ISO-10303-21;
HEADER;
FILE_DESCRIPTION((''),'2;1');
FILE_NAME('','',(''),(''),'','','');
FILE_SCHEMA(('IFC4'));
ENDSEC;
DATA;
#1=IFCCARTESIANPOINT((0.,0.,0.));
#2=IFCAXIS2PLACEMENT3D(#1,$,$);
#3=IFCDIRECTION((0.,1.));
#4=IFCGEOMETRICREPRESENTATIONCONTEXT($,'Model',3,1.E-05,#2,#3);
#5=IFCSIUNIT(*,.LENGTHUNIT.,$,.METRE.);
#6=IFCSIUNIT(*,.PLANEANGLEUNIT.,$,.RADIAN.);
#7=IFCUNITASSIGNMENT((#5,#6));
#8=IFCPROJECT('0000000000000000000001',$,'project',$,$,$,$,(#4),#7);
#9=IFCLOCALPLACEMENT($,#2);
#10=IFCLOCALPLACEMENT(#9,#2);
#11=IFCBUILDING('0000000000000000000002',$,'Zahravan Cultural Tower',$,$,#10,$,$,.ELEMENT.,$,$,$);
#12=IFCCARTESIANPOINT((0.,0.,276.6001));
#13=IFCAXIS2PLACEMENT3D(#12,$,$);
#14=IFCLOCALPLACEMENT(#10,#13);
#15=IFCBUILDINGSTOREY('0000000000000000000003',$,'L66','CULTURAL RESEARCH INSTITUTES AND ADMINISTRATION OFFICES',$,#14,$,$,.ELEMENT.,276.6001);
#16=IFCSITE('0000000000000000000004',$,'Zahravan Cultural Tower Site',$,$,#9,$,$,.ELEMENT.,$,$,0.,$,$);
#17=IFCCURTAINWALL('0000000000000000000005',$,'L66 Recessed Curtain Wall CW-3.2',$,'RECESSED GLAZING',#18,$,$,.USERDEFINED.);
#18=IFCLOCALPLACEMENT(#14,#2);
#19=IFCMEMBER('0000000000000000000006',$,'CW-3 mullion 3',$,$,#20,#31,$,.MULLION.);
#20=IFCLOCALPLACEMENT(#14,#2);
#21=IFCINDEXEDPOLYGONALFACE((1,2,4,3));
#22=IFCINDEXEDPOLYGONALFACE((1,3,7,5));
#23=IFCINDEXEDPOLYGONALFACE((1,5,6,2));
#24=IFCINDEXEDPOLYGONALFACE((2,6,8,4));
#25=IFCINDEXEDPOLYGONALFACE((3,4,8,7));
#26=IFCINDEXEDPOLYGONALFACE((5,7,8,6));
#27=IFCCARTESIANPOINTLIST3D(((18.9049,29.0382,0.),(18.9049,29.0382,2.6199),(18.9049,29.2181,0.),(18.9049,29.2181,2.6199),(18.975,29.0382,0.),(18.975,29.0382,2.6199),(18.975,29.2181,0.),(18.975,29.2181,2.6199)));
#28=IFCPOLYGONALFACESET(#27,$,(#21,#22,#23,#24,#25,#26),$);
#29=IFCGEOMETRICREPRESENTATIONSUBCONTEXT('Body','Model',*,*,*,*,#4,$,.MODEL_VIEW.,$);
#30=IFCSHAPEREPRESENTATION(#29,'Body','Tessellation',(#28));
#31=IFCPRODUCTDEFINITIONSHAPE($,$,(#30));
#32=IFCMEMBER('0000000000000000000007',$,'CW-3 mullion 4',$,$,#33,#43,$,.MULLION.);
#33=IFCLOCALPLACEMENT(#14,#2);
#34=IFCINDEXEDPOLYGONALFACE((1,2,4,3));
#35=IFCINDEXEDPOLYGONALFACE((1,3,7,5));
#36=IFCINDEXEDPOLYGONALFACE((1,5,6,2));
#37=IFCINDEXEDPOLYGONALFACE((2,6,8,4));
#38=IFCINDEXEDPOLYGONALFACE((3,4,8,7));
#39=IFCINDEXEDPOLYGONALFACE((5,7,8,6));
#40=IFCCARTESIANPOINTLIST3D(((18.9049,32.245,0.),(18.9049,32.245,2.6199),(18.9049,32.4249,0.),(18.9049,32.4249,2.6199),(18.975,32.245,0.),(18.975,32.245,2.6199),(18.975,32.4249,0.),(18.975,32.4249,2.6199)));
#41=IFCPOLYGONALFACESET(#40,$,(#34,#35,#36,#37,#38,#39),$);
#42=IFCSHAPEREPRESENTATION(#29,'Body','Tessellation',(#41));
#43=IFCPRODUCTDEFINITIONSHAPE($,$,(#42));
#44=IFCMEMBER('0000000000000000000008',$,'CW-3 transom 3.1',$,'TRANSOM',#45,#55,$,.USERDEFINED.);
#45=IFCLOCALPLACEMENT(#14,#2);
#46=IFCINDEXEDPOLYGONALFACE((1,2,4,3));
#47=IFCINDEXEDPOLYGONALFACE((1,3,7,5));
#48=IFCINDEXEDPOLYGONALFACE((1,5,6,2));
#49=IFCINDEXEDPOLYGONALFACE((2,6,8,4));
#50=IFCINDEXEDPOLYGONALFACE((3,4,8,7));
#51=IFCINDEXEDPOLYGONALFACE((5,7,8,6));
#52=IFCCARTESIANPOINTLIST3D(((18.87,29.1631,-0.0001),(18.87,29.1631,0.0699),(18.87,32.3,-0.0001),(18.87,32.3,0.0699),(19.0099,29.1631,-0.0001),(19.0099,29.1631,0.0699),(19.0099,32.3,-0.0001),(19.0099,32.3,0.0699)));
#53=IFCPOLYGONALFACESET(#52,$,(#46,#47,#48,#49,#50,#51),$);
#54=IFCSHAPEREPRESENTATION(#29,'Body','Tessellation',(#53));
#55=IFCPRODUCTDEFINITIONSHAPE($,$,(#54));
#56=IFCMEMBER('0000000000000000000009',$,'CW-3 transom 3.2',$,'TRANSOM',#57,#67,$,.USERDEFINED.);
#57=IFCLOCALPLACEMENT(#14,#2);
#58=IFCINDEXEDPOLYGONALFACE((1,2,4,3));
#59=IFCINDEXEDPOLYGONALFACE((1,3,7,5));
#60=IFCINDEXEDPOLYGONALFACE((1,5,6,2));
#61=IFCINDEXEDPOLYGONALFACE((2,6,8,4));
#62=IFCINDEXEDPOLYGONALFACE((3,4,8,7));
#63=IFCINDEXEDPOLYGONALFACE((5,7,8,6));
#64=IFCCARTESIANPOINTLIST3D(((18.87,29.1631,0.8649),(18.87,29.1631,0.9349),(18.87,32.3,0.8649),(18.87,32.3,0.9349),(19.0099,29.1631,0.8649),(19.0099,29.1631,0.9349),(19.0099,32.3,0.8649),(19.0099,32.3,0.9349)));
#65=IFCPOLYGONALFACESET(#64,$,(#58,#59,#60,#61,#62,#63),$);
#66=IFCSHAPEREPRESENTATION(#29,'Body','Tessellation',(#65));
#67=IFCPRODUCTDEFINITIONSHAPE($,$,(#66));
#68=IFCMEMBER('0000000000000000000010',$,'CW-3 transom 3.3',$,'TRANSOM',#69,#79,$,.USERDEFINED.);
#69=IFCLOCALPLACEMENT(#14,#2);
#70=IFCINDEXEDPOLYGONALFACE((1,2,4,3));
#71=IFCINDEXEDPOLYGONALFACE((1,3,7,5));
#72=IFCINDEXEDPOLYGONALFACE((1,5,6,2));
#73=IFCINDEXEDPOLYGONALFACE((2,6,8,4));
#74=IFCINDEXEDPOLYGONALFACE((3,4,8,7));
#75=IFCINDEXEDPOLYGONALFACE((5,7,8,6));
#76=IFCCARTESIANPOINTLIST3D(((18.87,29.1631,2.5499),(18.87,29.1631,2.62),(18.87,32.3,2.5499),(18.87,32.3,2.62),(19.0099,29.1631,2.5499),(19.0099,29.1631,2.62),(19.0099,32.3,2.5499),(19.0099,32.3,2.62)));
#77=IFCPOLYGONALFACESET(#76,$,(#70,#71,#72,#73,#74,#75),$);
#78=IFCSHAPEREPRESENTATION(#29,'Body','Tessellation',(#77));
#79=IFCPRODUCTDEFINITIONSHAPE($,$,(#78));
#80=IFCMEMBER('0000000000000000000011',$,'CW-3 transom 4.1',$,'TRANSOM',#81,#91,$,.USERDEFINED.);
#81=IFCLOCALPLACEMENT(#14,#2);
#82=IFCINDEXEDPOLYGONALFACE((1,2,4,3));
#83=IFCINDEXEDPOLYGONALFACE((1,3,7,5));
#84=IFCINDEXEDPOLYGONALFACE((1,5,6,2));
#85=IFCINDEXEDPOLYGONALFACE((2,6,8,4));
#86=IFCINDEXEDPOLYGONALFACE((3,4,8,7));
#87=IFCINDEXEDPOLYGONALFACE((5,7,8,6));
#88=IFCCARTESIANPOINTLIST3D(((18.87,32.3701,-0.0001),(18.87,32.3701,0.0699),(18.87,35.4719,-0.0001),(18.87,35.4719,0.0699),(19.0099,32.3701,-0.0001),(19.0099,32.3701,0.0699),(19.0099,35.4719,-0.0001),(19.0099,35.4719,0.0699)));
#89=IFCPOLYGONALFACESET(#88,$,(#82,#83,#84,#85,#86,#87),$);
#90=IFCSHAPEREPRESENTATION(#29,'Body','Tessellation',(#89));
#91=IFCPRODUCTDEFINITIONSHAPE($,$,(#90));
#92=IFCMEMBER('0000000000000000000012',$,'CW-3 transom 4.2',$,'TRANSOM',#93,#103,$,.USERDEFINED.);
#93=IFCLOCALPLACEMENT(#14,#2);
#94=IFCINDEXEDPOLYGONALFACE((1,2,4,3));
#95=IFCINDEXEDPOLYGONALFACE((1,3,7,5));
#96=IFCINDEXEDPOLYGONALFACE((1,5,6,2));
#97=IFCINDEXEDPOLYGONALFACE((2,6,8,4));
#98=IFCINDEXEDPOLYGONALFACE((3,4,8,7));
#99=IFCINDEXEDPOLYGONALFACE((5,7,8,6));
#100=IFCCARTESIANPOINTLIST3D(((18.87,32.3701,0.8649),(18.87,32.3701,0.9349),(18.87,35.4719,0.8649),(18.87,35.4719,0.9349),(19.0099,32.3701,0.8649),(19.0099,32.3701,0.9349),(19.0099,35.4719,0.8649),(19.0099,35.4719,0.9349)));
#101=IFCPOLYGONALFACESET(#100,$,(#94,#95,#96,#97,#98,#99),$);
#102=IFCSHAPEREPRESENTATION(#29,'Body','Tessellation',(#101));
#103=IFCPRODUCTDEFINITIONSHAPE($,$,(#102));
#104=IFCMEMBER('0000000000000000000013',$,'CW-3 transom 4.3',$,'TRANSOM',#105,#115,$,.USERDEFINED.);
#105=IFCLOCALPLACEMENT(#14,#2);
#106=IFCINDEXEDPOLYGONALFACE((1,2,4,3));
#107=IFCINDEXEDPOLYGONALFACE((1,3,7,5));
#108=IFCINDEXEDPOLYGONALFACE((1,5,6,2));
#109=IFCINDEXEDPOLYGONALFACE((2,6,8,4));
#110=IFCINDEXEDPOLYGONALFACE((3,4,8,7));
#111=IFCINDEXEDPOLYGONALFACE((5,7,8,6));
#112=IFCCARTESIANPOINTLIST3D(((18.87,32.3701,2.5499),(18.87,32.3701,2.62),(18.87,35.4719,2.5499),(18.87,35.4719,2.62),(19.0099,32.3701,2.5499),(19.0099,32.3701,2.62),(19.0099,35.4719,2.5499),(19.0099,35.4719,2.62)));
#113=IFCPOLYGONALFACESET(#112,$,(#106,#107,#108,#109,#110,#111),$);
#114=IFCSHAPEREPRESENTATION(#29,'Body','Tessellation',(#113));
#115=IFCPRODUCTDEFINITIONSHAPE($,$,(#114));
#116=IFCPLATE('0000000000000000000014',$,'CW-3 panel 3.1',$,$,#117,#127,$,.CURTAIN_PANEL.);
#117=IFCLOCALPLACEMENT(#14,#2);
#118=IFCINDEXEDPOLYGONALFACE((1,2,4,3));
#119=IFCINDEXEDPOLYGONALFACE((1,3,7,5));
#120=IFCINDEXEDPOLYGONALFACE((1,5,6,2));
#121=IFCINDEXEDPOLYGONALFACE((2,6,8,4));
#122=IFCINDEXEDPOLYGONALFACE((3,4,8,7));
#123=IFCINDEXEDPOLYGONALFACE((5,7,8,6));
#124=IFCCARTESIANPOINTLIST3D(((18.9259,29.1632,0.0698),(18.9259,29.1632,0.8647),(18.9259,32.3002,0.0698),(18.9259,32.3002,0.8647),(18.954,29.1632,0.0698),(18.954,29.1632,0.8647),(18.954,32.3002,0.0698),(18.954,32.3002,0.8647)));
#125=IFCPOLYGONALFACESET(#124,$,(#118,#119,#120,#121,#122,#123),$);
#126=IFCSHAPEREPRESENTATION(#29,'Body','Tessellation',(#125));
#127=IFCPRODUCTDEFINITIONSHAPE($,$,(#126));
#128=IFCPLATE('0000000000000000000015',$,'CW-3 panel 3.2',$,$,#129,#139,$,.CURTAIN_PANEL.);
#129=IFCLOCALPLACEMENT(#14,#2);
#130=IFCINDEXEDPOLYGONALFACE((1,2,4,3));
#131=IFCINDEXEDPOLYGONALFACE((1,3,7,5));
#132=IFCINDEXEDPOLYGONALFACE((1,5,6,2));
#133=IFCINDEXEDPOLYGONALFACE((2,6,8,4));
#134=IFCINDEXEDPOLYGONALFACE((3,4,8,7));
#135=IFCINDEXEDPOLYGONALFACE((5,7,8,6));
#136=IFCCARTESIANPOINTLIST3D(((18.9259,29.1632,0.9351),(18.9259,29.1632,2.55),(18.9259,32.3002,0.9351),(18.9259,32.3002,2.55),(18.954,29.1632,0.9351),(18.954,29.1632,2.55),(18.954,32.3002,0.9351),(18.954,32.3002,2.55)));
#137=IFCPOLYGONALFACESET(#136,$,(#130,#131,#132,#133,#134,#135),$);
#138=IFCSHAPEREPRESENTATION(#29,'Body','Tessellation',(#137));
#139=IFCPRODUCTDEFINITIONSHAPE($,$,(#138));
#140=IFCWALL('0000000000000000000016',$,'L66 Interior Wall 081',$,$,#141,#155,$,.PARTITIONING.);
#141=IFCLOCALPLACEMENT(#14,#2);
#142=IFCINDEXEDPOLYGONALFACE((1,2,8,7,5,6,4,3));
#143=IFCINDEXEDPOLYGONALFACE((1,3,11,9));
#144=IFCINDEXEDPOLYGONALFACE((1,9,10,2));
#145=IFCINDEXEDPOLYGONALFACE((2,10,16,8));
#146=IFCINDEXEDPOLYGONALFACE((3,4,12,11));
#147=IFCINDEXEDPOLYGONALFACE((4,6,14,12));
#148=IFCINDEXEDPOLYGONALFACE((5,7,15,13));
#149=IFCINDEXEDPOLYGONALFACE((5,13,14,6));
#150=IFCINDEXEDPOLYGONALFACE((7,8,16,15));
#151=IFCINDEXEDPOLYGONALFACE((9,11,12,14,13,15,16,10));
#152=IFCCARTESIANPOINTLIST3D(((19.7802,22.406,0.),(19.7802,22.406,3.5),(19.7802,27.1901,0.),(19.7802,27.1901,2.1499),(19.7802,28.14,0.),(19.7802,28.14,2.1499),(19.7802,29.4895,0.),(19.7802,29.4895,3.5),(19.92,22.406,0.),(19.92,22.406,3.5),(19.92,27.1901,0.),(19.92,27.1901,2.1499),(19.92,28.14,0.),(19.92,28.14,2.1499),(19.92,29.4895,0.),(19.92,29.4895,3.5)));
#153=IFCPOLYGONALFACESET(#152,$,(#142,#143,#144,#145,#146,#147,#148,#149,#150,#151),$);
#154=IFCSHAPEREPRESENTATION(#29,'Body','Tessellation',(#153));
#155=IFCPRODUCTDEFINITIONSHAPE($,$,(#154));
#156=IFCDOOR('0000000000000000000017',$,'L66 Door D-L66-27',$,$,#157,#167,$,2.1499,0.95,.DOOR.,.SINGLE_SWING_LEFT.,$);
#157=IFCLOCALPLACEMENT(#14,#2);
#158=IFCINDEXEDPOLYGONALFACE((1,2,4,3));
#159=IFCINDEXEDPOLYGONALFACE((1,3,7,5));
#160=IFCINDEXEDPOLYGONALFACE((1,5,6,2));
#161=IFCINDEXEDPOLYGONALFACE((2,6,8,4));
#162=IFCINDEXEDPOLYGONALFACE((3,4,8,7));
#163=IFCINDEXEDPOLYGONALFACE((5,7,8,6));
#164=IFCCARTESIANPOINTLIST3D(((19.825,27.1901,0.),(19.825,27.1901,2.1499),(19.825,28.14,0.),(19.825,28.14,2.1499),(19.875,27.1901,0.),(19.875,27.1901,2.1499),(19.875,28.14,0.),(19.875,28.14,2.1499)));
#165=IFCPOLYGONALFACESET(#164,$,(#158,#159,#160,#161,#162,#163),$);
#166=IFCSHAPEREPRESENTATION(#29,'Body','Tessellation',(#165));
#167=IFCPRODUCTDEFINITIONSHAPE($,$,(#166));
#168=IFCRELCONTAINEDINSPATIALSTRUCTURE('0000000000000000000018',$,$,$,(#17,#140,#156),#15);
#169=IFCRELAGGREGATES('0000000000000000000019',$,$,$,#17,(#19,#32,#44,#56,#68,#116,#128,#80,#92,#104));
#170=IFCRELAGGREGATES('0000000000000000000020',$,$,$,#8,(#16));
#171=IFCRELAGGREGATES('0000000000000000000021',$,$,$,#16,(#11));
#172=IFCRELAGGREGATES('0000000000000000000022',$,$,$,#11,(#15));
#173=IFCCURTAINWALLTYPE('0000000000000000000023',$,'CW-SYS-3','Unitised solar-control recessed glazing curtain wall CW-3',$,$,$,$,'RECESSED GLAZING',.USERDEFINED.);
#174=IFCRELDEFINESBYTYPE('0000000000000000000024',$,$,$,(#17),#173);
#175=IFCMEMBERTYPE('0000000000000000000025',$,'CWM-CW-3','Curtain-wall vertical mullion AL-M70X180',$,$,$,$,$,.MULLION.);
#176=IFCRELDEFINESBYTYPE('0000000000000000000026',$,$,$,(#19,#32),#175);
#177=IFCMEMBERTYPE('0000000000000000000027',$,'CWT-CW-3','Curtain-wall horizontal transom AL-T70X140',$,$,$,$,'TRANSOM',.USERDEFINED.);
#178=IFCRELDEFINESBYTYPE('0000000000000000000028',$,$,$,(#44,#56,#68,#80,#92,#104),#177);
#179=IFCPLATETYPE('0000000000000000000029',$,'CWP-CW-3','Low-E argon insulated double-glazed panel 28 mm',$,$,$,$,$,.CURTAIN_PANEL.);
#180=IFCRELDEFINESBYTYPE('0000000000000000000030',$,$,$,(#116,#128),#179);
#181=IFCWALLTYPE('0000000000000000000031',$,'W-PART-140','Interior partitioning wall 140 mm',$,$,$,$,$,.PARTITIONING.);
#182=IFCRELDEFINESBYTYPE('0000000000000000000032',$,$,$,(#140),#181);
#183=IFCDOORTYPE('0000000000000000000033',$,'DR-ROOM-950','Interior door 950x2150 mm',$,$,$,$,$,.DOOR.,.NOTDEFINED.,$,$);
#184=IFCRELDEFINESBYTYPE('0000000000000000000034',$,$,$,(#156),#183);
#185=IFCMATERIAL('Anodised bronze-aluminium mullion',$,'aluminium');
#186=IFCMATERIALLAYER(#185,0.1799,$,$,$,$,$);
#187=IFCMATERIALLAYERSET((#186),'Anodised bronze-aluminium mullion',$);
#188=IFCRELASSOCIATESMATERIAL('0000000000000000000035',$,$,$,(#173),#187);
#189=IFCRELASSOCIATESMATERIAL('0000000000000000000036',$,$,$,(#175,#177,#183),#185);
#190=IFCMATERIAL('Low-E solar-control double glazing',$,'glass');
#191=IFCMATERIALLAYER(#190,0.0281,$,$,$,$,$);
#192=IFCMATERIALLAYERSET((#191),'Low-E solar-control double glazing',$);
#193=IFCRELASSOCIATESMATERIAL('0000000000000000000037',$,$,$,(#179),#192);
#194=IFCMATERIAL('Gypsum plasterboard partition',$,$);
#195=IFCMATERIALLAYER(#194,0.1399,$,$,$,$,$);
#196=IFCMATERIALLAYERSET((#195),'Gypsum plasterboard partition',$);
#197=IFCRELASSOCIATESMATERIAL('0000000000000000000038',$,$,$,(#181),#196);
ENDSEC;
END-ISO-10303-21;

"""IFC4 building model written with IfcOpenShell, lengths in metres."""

from ifc_helpers import new_model, si_unit, direction, frame, frame_2d, origin, origin_2d, place, context, subcontext, project, spatial, rectangle, extrude, source, transform, mapped, material, layer, layer_set, material_profile, profile_set, type_object, element, fill, aggregate, save


model = new_model("IFC4")

# Units and contexts
model_context = context("Model", 3, precision=1e-05, world=origin(), true_north=direction((0.0, 1.0)))
body_context = subcontext(model_context, "Body", "Model", "MODEL_VIEW")
ifc_project = project(units=[si_unit("LENGTHUNIT", "METRE"), si_unit("PLANEANGLEUNIT", "RADIAN")], contexts=[model_context])

# Site, building, storey
site_placement = place(None, origin())
site = spatial("IfcSite", under=ifc_project, at=site_placement, Name="Zahravan Cultural Tower Site", CompositionType="ELEMENT", RefElevation=0.0)
building_placement = place(site_placement, origin())
building = spatial("IfcBuilding", under=site, at=building_placement, Name="Zahravan Cultural Tower", CompositionType="ELEMENT")
storey_placement = place(building_placement, frame((0.0, 0.0, 276.6001)))
storey = spatial("IfcBuildingStorey", under=building, at=storey_placement, Name="L66", Description="CULTURAL RESEARCH INSTITUTES AND ADMINISTRATION OFFICES", CompositionType="ELEMENT", Elevation=276.6001)

# Curtain wall, members, plates
ifc_material_1 = material(Name="Anodised bronze-aluminium mullion", Category="aluminium")
ifc_layer_1 = layer(ifc_material_1, 0.1799)
ifc_layer_set_1 = layer_set([ifc_layer_1], Name="Anodised bronze-aluminium mullion")
curtain_wall_type = type_object("IfcCurtainWallType", Name="CW-SYS-3", Description="Unitised solar-control recessed glazing curtain wall CW-3", ElementType="RECESSED GLAZING", PredefinedType="USERDEFINED", material=ifc_layer_set_1)
curtain_wall_placement = place(storey_placement, origin())
curtain_wall = element("IfcCurtainWall", 1, at=curtain_wall_placement, inside=storey, type_object=curtain_wall_type, Name="L66 Recessed Curtain Wall CW-3.2", ObjectType="RECESSED GLAZING", PredefinedType="USERDEFINED")
ifc_material_profile_1 = material_profile(ifc_material_1, rectangle(XDim=0.0701, YDim=0.1799, at=origin_2d()), Name="AL-M70X180")
ifc_profile_set_1 = profile_set([ifc_material_profile_1], Name="Anodised bronze-aluminium mullion")
member_type_1 = type_object("IfcMemberType", Name="CWM-CW-3", Description="Curtain-wall vertical mullion AL-M70X180", PredefinedType="MULLION", material=ifc_profile_set_1)
shared_shape_1 = source(origin(), body_context, "Body", "SweptSolid", [
    extrude(rectangle(XDim=0.0701, YDim=0.1799, at=origin_2d()), origin(), (0.0, 0.0, 1.0), 2.6199),
])
member_1_placement = place(storey_placement, frame((18.9399, 29.1282, 0.0), z_axis=(0.0, 0.0, 1.0), x_axis=(-1.0, 0.0, 0.0)))
member_1 = element("IfcMember", 2, at=member_1_placement, type_object=member_type_1, Name="CW-3 mullion 3", PredefinedType="MULLION", context=body_context, shape_type="MappedRepresentation", body=[
    mapped(shared_shape_1, transform((0.0, 0.0, 0.0), x_axis=(1.0, 0.0, 0.0), y_axis=(0.0, 1.0, 0.0), z_axis=(0.0, 0.0, 1.0), scale=1.0)),
])
member_2_placement = place(storey_placement, frame((18.9399, 32.335, 0.0), z_axis=(0.0, 0.0, 1.0), x_axis=(-1.0, 0.0, 0.0)))
member_2 = element("IfcMember", 3, at=member_2_placement, type_object=member_type_1, Name="CW-3 mullion 4", PredefinedType="MULLION", context=body_context, shape_type="MappedRepresentation", body=[
    mapped(shared_shape_1, transform((0.0, 0.0, 0.0), x_axis=(1.0, 0.0, 0.0), y_axis=(0.0, 1.0, 0.0), z_axis=(0.0, 0.0, 1.0), scale=1.0)),
])
ifc_material_profile_2 = material_profile(ifc_material_1, rectangle(XDim=0.1399, YDim=0.0701, at=origin_2d()), Name="AL-T70X140")
ifc_profile_set_2 = profile_set([ifc_material_profile_2], Name="Anodised bronze-aluminium mullion")
member_type_2 = type_object("IfcMemberType", Name="CWT-CW-3", Description="Curtain-wall horizontal transom AL-T70X140", ElementType="TRANSOM", PredefinedType="USERDEFINED", material=ifc_profile_set_2)
shared_shape_2 = source(origin(), body_context, "Body", "SweptSolid", [
    extrude(rectangle(XDim=0.1399, YDim=0.0701, at=origin_2d()), origin(), (0.0, 0.0, 1.0), 3.137),
])
member_3_placement = place(storey_placement, frame((18.9399, 29.1631, 0.0349), z_axis=(0.0, 1.0, 0.0), x_axis=(-1.0, 0.0, 0.0)))
member_3 = element("IfcMember", 4, at=member_3_placement, type_object=member_type_2, Name="CW-3 transom 3.1", ObjectType="TRANSOM", PredefinedType="USERDEFINED", context=body_context, shape_type="MappedRepresentation", body=[
    mapped(shared_shape_2, transform((0.0, 0.0, 0.0), x_axis=(1.0, 0.0, 0.0), y_axis=(0.0, 1.0, 0.0), z_axis=(0.0, 0.0, 1.0), scale=1.0)),
])
member_4_placement = place(storey_placement, frame((18.9399, 29.1631, 0.8999), z_axis=(0.0, 1.0, 0.0), x_axis=(-1.0, 0.0, 0.0)))
member_4 = element("IfcMember", 5, at=member_4_placement, type_object=member_type_2, Name="CW-3 transom 3.2", ObjectType="TRANSOM", PredefinedType="USERDEFINED", context=body_context, shape_type="MappedRepresentation", body=[
    mapped(shared_shape_2, transform((0.0, 0.0, 0.0), x_axis=(1.0, 0.0, 0.0), y_axis=(0.0, 1.0, 0.0), z_axis=(0.0, 0.0, 1.0), scale=1.0)),
])
member_5_placement = place(storey_placement, frame((18.9399, 29.1631, 2.585), z_axis=(0.0, 1.0, 0.0), x_axis=(-1.0, 0.0, 0.0)))
member_5 = element("IfcMember", 6, at=member_5_placement, type_object=member_type_2, Name="CW-3 transom 3.3", ObjectType="TRANSOM", PredefinedType="USERDEFINED", context=body_context, shape_type="MappedRepresentation", body=[
    mapped(shared_shape_2, transform((0.0, 0.0, 0.0), x_axis=(1.0, 0.0, 0.0), y_axis=(0.0, 1.0, 0.0), z_axis=(0.0, 0.0, 1.0), scale=1.0)),
])
shared_shape_3 = source(origin(), body_context, "Body", "SweptSolid", [
    extrude(rectangle(XDim=0.1399, YDim=0.0701, at=origin_2d()), origin(), (0.0, 0.0, 1.0), 3.1018),
])
member_6_placement = place(storey_placement, frame((18.9399, 32.3701, 0.0349), z_axis=(0.0, 1.0, 0.0), x_axis=(-1.0, 0.0, 0.0)))
member_6 = element("IfcMember", 7, at=member_6_placement, type_object=member_type_2, Name="CW-3 transom 4.1", ObjectType="TRANSOM", PredefinedType="USERDEFINED", context=body_context, shape_type="MappedRepresentation", body=[
    mapped(shared_shape_3, transform((0.0, 0.0, 0.0), x_axis=(1.0, 0.0, 0.0), y_axis=(0.0, 1.0, 0.0), z_axis=(0.0, 0.0, 1.0), scale=1.0)),
])
member_7_placement = place(storey_placement, frame((18.9399, 32.3701, 0.8999), z_axis=(0.0, 1.0, 0.0), x_axis=(-1.0, 0.0, 0.0)))
member_7 = element("IfcMember", 8, at=member_7_placement, type_object=member_type_2, Name="CW-3 transom 4.2", ObjectType="TRANSOM", PredefinedType="USERDEFINED", context=body_context, shape_type="MappedRepresentation", body=[
    mapped(shared_shape_3, transform((0.0, 0.0, 0.0), x_axis=(1.0, 0.0, 0.0), y_axis=(0.0, 1.0, 0.0), z_axis=(0.0, 0.0, 1.0), scale=1.0)),
])
member_8_placement = place(storey_placement, frame((18.9399, 32.3701, 2.585), z_axis=(0.0, 1.0, 0.0), x_axis=(-1.0, 0.0, 0.0)))
member_8 = element("IfcMember", 9, at=member_8_placement, type_object=member_type_2, Name="CW-3 transom 4.3", ObjectType="TRANSOM", PredefinedType="USERDEFINED", context=body_context, shape_type="MappedRepresentation", body=[
    mapped(shared_shape_3, transform((0.0, 0.0, 0.0), x_axis=(1.0, 0.0, 0.0), y_axis=(0.0, 1.0, 0.0), z_axis=(0.0, 0.0, 1.0), scale=1.0)),
])
ifc_material_2 = material(Name="Low-E solar-control double glazing", Category="glass")
ifc_layer_2 = layer(ifc_material_2, 0.0281)
ifc_layer_set_2 = layer_set([ifc_layer_2], Name="Low-E solar-control double glazing")
plate_type = type_object("IfcPlateType", Name="CWP-CW-3", Description="Low-E argon insulated double-glazed panel 28 mm", PredefinedType="CURTAIN_PANEL", material=ifc_layer_set_2)
shared_shape_4 = source(origin(), body_context, "Body", "SweptSolid", [
    extrude(rectangle(XDim=3.137, YDim=0.0281, at=origin_2d()), origin(), (0.0, 0.0, 1.0), 0.7949),
])
plate_1_placement = place(storey_placement, frame((18.9399, 30.7317, 0.0698), z_axis=(0.0, 0.0, 1.0), x_axis=(0.0, 1.0, 0.0)))
plate_1 = element("IfcPlate", 10, at=plate_1_placement, type_object=plate_type, Name="CW-3 panel 3.1", PredefinedType="CURTAIN_PANEL", context=body_context, shape_type="MappedRepresentation", body=[
    mapped(shared_shape_4, transform((0.0, 0.0, 0.0), x_axis=(1.0, 0.0, 0.0), y_axis=(0.0, 1.0, 0.0), z_axis=(0.0, 0.0, 1.0), scale=1.0)),
])
shared_shape_5 = source(origin(), body_context, "Body", "SweptSolid", [
    extrude(rectangle(XDim=3.137, YDim=0.0281, at=origin_2d()), origin(), (0.0, 0.0, 1.0), 1.615),
])
plate_2_placement = place(storey_placement, frame((18.9399, 30.7317, 0.9351), z_axis=(0.0, 0.0, 1.0), x_axis=(0.0, 1.0, 0.0)))
plate_2 = element("IfcPlate", 11, at=plate_2_placement, type_object=plate_type, Name="CW-3 panel 3.2", PredefinedType="CURTAIN_PANEL", context=body_context, shape_type="MappedRepresentation", body=[
    mapped(shared_shape_5, transform((0.0, 0.0, 0.0), x_axis=(1.0, 0.0, 0.0), y_axis=(0.0, 1.0, 0.0), z_axis=(0.0, 0.0, 1.0), scale=1.0)),
])
aggregate(curtain_wall, [member_1, member_2, member_3, member_4, member_5, plate_1, plate_2, member_6, member_7, member_8])

# Wall, opening, door
ifc_material_3 = material(Name="Gypsum plasterboard partition")
ifc_layer_3 = layer(ifc_material_3, 0.1399)
ifc_layer_set_3 = layer_set([ifc_layer_3], Name="Gypsum plasterboard partition")
wall_type_1 = type_object("IfcWallType", Name="W-PART-140", Description="Interior partitioning wall 140 mm", PredefinedType="PARTITIONING", material=ifc_layer_set_3)
wall_1_placement = place(storey_placement, frame((19.8501, 29.4895, 0.0), z_axis=(0.0, 0.0, 1.0), x_axis=(0.0, -1.0, 0.0)))
wall_1 = element("IfcWall", 12, at=wall_1_placement, inside=storey, type_object=wall_type_1, Name="L66 Interior Wall 081", PredefinedType="PARTITIONING", context=body_context, shape_type="SweptSolid", body=[
    extrude(rectangle(XDim=7.0835, YDim=0.1399, at=frame_2d((3.5417, 0.0))), origin(), (0.0, 0.0, 1.0), 3.5),
])
opening_1_placement = place(wall_1_placement, frame((1.3494, 0.0, 0.0)))
opening_1 = element("IfcOpeningElement", 13, at=opening_1_placement, cuts=wall_1, PredefinedType="OPENING", context=body_context, shape_type="SweptSolid", body=[
    extrude(rectangle(XDim=0.95, YDim=2.1499, at=frame_2d((0.4751, 1.075))), frame((0.0, 0.0798, 0.0), z_axis=(0.0, -1.0, 0.0), x_axis=(1.0, 0.0, 0.0)), (0.0, 0.0, 1.0), 0.1599),
])
door_type = type_object("IfcDoorType", Name="DR-ROOM-950", Description="Interior door 950x2150 mm", OperationType="NOTDEFINED", PredefinedType="DOOR", material=ifc_material_1)
shared_shape_6 = source(origin(), body_context, "Body", "SweptSolid", [
    extrude(rectangle(XDim=0.95, YDim=2.1499, at=frame_2d((0.4751, 1.075))), frame((0.0, 0.0249, 0.0), z_axis=(0.0, -1.0, 0.0), x_axis=(1.0, 0.0, 0.0)), (0.0, 0.0, 1.0), 0.05),
])
door_1_placement = place(opening_1_placement, origin())
door_1 = element("IfcDoor", 14, at=door_1_placement, inside=storey, type_object=door_type, Name="L66 Door D-L66-27", OperationType="SINGLE_SWING_LEFT", OverallHeight=2.1499, OverallWidth=0.95, PredefinedType="DOOR", context=body_context, shape_type="MappedRepresentation", body=[
    mapped(shared_shape_6, transform((0.0, 0.0, 0.0), x_axis=(1.0, 0.0, 0.0), y_axis=(0.0, 1.0, 0.0), z_axis=(0.0, 0.0, 1.0), scale=1.0)),
])
fill(opening_1, door_1)

save(model, "model.ifc")
